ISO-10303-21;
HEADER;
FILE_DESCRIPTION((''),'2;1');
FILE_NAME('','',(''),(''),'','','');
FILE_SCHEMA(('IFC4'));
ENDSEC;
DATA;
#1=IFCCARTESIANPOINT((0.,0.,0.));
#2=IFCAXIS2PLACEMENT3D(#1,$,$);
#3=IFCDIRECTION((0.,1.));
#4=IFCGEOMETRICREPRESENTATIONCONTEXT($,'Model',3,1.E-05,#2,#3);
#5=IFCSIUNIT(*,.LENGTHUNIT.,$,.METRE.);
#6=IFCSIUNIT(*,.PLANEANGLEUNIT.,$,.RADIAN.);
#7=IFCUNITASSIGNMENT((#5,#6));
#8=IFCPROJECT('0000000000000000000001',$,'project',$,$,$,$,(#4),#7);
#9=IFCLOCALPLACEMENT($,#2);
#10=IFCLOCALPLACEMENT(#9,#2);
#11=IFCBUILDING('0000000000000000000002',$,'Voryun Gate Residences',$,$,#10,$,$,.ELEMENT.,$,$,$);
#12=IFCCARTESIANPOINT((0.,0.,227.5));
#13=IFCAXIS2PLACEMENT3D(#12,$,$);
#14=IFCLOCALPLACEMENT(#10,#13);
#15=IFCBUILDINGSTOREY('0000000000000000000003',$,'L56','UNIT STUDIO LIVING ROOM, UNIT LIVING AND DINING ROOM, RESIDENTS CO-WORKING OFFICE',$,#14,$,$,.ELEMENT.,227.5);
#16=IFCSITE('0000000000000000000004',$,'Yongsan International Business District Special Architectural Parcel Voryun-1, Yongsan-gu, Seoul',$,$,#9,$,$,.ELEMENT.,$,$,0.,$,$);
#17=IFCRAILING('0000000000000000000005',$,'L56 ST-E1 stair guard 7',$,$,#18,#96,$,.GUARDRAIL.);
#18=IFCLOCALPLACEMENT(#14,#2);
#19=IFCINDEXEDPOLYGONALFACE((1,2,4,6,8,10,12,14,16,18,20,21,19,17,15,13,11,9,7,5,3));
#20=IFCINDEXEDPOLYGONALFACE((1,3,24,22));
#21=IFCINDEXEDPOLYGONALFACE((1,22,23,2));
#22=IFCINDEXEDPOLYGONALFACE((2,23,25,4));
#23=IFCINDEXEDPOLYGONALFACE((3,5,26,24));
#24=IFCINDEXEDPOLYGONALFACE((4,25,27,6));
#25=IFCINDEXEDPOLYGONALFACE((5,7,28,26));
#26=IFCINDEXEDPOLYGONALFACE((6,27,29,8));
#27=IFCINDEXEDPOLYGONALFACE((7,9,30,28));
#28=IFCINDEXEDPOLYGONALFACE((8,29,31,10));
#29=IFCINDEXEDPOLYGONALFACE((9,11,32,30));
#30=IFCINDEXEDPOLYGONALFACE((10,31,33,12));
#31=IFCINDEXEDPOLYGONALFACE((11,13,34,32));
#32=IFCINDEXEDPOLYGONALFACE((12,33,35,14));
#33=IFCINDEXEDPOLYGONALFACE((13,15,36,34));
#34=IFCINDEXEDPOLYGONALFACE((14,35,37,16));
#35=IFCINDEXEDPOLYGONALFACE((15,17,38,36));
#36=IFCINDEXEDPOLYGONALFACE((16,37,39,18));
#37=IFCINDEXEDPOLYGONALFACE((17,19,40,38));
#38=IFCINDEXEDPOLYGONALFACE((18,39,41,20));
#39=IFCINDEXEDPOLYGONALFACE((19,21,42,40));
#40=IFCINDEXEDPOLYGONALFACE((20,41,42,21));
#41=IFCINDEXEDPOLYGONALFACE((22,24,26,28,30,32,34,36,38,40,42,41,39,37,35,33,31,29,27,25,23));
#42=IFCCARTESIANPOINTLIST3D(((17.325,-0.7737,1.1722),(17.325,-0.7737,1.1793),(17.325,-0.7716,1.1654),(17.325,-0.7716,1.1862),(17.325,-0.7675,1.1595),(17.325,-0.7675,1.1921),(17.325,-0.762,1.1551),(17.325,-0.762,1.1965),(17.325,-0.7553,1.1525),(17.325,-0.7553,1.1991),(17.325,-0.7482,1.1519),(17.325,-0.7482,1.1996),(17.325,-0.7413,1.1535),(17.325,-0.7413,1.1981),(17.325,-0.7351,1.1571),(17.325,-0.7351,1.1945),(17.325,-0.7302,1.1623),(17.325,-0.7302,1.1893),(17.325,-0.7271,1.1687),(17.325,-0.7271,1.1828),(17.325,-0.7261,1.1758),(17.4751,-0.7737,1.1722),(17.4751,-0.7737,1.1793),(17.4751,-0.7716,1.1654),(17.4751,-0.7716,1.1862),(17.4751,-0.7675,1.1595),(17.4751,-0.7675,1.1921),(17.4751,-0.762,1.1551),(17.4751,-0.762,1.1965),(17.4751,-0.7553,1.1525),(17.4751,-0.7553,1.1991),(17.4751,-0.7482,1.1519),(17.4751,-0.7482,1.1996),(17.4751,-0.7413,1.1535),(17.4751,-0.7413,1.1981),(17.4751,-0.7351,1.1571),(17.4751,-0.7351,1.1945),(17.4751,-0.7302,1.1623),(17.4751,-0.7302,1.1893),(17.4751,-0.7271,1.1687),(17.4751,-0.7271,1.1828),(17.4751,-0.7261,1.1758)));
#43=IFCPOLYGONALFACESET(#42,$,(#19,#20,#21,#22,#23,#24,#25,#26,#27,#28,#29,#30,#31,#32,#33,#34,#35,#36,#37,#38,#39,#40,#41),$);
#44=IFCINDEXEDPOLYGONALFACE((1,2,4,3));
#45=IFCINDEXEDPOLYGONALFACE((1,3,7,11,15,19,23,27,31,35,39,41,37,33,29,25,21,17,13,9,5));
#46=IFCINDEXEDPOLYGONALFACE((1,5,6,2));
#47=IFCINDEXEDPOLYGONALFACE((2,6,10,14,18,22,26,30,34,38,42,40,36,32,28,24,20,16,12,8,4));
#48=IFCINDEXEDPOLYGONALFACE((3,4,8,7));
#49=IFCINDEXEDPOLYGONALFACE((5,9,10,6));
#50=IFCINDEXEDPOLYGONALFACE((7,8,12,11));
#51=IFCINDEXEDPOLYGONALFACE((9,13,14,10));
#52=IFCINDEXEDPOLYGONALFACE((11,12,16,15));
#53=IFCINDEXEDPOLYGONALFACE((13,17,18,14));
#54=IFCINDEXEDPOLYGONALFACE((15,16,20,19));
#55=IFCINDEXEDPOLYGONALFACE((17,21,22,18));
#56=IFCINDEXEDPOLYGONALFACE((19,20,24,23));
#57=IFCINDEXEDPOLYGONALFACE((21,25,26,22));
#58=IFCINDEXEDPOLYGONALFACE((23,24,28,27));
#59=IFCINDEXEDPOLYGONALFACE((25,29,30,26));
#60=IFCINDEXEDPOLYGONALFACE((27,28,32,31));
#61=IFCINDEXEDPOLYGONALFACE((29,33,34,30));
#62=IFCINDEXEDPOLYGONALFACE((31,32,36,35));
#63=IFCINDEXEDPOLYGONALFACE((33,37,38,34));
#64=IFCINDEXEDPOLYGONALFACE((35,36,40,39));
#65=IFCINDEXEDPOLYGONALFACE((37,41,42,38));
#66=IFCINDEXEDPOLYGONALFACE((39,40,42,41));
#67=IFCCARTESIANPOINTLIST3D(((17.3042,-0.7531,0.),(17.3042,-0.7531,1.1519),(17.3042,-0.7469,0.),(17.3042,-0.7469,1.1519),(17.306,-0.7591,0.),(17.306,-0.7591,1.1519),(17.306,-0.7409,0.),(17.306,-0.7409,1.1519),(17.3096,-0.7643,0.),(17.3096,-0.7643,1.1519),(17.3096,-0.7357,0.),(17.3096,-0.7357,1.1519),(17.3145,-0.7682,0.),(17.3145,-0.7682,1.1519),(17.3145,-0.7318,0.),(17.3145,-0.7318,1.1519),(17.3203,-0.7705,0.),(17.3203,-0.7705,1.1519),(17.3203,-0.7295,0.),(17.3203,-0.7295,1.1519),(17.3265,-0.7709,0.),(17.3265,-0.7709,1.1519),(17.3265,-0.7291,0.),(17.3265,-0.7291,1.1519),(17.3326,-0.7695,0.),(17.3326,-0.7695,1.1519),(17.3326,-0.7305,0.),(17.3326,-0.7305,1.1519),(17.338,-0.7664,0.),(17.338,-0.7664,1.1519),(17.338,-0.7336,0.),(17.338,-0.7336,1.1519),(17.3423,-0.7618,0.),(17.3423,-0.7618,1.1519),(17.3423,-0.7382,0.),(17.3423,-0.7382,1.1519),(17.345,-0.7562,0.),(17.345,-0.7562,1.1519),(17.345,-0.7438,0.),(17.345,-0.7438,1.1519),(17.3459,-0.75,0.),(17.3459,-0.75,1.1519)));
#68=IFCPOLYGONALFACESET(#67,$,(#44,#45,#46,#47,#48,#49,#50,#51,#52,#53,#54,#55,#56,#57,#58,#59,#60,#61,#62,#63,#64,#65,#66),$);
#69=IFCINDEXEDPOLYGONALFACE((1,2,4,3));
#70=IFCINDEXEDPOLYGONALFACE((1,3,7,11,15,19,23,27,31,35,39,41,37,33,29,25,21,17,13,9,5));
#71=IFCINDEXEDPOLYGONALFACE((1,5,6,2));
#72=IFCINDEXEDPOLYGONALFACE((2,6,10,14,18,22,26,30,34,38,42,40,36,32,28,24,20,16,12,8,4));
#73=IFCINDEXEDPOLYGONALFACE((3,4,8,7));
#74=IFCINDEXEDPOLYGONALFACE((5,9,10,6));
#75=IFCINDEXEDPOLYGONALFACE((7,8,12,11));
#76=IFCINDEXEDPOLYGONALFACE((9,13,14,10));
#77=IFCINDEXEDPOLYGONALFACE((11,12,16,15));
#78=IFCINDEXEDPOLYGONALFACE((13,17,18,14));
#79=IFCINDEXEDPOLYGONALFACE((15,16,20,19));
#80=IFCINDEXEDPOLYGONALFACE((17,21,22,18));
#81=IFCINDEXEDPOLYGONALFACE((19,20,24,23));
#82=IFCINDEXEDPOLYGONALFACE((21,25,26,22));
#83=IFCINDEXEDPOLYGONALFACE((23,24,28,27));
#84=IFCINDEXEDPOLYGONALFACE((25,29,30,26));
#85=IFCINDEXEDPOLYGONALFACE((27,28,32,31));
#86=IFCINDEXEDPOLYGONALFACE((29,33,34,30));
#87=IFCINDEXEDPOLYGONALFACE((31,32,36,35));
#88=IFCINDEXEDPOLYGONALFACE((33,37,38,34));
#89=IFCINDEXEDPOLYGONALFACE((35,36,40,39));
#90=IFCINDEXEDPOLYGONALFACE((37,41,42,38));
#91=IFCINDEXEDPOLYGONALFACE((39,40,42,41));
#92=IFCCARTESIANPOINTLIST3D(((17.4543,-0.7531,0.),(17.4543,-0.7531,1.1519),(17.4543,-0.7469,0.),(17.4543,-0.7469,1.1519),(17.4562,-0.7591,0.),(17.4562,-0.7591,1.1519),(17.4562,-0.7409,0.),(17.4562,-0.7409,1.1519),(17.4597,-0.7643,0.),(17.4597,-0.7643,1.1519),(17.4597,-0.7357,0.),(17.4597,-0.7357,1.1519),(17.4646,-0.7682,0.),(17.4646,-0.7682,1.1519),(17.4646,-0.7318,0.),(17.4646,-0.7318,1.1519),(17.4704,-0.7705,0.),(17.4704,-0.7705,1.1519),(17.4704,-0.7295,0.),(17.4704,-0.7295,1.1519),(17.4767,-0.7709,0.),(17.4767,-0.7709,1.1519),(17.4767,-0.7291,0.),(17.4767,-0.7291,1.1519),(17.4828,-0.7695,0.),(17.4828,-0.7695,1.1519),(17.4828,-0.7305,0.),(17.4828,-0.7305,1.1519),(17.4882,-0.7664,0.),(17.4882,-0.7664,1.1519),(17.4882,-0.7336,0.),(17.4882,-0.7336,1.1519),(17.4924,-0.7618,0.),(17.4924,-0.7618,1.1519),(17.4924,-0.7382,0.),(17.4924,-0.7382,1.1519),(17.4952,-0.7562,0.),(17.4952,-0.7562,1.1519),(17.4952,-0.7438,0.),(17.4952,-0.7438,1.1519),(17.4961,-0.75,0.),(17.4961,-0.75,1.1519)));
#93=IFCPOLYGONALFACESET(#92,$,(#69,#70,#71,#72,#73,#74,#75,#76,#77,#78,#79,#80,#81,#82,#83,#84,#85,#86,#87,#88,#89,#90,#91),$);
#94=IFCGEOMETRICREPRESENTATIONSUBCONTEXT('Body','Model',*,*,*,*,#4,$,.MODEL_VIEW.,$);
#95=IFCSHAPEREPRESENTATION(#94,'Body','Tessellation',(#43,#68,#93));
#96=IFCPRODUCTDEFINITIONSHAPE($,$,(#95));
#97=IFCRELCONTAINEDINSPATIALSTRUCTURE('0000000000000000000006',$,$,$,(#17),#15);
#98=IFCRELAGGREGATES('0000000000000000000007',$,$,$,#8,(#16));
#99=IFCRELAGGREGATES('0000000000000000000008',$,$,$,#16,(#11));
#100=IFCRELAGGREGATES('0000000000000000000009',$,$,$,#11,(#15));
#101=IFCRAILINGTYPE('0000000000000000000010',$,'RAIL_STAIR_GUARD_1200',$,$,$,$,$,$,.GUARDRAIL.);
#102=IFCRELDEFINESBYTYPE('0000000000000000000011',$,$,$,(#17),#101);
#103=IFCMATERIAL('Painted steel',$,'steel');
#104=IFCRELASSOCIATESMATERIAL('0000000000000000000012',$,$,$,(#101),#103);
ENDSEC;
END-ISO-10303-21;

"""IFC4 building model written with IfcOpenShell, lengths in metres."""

from ifc_helpers import new_model, si_unit, direction, frame, origin, origin_2d, place, context, subcontext, project, spatial, circle, extrude, material, type_object, element, save


model = new_model("IFC4")

# Units and contexts
model_context = context("Model", 3, precision=1e-05, world=origin(), true_north=direction((0.0, 1.0)))
body_context = subcontext(model_context, "Body", "Model", "MODEL_VIEW")
ifc_project = project(units=[si_unit("LENGTHUNIT", "METRE"), si_unit("PLANEANGLEUNIT", "RADIAN")], contexts=[model_context])

# Site, building, storey
site_placement = place(None, origin())
site = spatial("IfcSite", under=ifc_project, at=site_placement, Name="Yongsan International Business District Special Architectural Parcel Voryun-1, Yongsan-gu, Seoul", CompositionType="ELEMENT", RefElevation=0.0)
building_placement = place(site_placement, origin())
building = spatial("IfcBuilding", under=site, at=building_placement, Name="Voryun Gate Residences", CompositionType="ELEMENT")
storey_placement = place(building_placement, frame((0.0, 0.0, 227.5)))
storey = spatial("IfcBuildingStorey", under=building, at=storey_placement, Name="L56", Description="UNIT STUDIO LIVING ROOM, UNIT LIVING AND DINING ROOM, RESIDENTS CO-WORKING OFFICE", CompositionType="ELEMENT", Elevation=227.5)

# Railing
ifc_material_1 = material(Name="Painted steel", Category="steel")
railing_type_1 = type_object("IfcRailingType", Name="RAIL_STAIR_GUARD_1200", PredefinedType="GUARDRAIL", material=ifc_material_1)
railing_1_placement = place(storey_placement, frame((17.325, -0.75, 0.0)))
element("IfcRailing", 1, at=railing_1_placement, inside=storey, type_object=railing_type_1, Name="L56 ST-E1 stair guard 7", PredefinedType="GUARDRAIL", context=body_context, shape_type="SweptSolid", body=[
    extrude(circle(Radius=0.0239, at=origin_2d()), frame((0.0, 0.0, 1.1758), z_axis=(1.0, 0.0, 0.0), x_axis=(0.0, 1.0, 0.0)), (0.0, 0.0, 1.0), 0.1501),
    extrude(circle(Radius=0.021, at=origin_2d()), origin(), (0.0, 0.0, 1.0), 1.1519),
    extrude(circle(Radius=0.021, at=origin_2d()), frame((0.1501, 0.0, 0.0)), (0.0, 0.0, 1.0), 1.1519),
])

save(model, "model.ifc")
